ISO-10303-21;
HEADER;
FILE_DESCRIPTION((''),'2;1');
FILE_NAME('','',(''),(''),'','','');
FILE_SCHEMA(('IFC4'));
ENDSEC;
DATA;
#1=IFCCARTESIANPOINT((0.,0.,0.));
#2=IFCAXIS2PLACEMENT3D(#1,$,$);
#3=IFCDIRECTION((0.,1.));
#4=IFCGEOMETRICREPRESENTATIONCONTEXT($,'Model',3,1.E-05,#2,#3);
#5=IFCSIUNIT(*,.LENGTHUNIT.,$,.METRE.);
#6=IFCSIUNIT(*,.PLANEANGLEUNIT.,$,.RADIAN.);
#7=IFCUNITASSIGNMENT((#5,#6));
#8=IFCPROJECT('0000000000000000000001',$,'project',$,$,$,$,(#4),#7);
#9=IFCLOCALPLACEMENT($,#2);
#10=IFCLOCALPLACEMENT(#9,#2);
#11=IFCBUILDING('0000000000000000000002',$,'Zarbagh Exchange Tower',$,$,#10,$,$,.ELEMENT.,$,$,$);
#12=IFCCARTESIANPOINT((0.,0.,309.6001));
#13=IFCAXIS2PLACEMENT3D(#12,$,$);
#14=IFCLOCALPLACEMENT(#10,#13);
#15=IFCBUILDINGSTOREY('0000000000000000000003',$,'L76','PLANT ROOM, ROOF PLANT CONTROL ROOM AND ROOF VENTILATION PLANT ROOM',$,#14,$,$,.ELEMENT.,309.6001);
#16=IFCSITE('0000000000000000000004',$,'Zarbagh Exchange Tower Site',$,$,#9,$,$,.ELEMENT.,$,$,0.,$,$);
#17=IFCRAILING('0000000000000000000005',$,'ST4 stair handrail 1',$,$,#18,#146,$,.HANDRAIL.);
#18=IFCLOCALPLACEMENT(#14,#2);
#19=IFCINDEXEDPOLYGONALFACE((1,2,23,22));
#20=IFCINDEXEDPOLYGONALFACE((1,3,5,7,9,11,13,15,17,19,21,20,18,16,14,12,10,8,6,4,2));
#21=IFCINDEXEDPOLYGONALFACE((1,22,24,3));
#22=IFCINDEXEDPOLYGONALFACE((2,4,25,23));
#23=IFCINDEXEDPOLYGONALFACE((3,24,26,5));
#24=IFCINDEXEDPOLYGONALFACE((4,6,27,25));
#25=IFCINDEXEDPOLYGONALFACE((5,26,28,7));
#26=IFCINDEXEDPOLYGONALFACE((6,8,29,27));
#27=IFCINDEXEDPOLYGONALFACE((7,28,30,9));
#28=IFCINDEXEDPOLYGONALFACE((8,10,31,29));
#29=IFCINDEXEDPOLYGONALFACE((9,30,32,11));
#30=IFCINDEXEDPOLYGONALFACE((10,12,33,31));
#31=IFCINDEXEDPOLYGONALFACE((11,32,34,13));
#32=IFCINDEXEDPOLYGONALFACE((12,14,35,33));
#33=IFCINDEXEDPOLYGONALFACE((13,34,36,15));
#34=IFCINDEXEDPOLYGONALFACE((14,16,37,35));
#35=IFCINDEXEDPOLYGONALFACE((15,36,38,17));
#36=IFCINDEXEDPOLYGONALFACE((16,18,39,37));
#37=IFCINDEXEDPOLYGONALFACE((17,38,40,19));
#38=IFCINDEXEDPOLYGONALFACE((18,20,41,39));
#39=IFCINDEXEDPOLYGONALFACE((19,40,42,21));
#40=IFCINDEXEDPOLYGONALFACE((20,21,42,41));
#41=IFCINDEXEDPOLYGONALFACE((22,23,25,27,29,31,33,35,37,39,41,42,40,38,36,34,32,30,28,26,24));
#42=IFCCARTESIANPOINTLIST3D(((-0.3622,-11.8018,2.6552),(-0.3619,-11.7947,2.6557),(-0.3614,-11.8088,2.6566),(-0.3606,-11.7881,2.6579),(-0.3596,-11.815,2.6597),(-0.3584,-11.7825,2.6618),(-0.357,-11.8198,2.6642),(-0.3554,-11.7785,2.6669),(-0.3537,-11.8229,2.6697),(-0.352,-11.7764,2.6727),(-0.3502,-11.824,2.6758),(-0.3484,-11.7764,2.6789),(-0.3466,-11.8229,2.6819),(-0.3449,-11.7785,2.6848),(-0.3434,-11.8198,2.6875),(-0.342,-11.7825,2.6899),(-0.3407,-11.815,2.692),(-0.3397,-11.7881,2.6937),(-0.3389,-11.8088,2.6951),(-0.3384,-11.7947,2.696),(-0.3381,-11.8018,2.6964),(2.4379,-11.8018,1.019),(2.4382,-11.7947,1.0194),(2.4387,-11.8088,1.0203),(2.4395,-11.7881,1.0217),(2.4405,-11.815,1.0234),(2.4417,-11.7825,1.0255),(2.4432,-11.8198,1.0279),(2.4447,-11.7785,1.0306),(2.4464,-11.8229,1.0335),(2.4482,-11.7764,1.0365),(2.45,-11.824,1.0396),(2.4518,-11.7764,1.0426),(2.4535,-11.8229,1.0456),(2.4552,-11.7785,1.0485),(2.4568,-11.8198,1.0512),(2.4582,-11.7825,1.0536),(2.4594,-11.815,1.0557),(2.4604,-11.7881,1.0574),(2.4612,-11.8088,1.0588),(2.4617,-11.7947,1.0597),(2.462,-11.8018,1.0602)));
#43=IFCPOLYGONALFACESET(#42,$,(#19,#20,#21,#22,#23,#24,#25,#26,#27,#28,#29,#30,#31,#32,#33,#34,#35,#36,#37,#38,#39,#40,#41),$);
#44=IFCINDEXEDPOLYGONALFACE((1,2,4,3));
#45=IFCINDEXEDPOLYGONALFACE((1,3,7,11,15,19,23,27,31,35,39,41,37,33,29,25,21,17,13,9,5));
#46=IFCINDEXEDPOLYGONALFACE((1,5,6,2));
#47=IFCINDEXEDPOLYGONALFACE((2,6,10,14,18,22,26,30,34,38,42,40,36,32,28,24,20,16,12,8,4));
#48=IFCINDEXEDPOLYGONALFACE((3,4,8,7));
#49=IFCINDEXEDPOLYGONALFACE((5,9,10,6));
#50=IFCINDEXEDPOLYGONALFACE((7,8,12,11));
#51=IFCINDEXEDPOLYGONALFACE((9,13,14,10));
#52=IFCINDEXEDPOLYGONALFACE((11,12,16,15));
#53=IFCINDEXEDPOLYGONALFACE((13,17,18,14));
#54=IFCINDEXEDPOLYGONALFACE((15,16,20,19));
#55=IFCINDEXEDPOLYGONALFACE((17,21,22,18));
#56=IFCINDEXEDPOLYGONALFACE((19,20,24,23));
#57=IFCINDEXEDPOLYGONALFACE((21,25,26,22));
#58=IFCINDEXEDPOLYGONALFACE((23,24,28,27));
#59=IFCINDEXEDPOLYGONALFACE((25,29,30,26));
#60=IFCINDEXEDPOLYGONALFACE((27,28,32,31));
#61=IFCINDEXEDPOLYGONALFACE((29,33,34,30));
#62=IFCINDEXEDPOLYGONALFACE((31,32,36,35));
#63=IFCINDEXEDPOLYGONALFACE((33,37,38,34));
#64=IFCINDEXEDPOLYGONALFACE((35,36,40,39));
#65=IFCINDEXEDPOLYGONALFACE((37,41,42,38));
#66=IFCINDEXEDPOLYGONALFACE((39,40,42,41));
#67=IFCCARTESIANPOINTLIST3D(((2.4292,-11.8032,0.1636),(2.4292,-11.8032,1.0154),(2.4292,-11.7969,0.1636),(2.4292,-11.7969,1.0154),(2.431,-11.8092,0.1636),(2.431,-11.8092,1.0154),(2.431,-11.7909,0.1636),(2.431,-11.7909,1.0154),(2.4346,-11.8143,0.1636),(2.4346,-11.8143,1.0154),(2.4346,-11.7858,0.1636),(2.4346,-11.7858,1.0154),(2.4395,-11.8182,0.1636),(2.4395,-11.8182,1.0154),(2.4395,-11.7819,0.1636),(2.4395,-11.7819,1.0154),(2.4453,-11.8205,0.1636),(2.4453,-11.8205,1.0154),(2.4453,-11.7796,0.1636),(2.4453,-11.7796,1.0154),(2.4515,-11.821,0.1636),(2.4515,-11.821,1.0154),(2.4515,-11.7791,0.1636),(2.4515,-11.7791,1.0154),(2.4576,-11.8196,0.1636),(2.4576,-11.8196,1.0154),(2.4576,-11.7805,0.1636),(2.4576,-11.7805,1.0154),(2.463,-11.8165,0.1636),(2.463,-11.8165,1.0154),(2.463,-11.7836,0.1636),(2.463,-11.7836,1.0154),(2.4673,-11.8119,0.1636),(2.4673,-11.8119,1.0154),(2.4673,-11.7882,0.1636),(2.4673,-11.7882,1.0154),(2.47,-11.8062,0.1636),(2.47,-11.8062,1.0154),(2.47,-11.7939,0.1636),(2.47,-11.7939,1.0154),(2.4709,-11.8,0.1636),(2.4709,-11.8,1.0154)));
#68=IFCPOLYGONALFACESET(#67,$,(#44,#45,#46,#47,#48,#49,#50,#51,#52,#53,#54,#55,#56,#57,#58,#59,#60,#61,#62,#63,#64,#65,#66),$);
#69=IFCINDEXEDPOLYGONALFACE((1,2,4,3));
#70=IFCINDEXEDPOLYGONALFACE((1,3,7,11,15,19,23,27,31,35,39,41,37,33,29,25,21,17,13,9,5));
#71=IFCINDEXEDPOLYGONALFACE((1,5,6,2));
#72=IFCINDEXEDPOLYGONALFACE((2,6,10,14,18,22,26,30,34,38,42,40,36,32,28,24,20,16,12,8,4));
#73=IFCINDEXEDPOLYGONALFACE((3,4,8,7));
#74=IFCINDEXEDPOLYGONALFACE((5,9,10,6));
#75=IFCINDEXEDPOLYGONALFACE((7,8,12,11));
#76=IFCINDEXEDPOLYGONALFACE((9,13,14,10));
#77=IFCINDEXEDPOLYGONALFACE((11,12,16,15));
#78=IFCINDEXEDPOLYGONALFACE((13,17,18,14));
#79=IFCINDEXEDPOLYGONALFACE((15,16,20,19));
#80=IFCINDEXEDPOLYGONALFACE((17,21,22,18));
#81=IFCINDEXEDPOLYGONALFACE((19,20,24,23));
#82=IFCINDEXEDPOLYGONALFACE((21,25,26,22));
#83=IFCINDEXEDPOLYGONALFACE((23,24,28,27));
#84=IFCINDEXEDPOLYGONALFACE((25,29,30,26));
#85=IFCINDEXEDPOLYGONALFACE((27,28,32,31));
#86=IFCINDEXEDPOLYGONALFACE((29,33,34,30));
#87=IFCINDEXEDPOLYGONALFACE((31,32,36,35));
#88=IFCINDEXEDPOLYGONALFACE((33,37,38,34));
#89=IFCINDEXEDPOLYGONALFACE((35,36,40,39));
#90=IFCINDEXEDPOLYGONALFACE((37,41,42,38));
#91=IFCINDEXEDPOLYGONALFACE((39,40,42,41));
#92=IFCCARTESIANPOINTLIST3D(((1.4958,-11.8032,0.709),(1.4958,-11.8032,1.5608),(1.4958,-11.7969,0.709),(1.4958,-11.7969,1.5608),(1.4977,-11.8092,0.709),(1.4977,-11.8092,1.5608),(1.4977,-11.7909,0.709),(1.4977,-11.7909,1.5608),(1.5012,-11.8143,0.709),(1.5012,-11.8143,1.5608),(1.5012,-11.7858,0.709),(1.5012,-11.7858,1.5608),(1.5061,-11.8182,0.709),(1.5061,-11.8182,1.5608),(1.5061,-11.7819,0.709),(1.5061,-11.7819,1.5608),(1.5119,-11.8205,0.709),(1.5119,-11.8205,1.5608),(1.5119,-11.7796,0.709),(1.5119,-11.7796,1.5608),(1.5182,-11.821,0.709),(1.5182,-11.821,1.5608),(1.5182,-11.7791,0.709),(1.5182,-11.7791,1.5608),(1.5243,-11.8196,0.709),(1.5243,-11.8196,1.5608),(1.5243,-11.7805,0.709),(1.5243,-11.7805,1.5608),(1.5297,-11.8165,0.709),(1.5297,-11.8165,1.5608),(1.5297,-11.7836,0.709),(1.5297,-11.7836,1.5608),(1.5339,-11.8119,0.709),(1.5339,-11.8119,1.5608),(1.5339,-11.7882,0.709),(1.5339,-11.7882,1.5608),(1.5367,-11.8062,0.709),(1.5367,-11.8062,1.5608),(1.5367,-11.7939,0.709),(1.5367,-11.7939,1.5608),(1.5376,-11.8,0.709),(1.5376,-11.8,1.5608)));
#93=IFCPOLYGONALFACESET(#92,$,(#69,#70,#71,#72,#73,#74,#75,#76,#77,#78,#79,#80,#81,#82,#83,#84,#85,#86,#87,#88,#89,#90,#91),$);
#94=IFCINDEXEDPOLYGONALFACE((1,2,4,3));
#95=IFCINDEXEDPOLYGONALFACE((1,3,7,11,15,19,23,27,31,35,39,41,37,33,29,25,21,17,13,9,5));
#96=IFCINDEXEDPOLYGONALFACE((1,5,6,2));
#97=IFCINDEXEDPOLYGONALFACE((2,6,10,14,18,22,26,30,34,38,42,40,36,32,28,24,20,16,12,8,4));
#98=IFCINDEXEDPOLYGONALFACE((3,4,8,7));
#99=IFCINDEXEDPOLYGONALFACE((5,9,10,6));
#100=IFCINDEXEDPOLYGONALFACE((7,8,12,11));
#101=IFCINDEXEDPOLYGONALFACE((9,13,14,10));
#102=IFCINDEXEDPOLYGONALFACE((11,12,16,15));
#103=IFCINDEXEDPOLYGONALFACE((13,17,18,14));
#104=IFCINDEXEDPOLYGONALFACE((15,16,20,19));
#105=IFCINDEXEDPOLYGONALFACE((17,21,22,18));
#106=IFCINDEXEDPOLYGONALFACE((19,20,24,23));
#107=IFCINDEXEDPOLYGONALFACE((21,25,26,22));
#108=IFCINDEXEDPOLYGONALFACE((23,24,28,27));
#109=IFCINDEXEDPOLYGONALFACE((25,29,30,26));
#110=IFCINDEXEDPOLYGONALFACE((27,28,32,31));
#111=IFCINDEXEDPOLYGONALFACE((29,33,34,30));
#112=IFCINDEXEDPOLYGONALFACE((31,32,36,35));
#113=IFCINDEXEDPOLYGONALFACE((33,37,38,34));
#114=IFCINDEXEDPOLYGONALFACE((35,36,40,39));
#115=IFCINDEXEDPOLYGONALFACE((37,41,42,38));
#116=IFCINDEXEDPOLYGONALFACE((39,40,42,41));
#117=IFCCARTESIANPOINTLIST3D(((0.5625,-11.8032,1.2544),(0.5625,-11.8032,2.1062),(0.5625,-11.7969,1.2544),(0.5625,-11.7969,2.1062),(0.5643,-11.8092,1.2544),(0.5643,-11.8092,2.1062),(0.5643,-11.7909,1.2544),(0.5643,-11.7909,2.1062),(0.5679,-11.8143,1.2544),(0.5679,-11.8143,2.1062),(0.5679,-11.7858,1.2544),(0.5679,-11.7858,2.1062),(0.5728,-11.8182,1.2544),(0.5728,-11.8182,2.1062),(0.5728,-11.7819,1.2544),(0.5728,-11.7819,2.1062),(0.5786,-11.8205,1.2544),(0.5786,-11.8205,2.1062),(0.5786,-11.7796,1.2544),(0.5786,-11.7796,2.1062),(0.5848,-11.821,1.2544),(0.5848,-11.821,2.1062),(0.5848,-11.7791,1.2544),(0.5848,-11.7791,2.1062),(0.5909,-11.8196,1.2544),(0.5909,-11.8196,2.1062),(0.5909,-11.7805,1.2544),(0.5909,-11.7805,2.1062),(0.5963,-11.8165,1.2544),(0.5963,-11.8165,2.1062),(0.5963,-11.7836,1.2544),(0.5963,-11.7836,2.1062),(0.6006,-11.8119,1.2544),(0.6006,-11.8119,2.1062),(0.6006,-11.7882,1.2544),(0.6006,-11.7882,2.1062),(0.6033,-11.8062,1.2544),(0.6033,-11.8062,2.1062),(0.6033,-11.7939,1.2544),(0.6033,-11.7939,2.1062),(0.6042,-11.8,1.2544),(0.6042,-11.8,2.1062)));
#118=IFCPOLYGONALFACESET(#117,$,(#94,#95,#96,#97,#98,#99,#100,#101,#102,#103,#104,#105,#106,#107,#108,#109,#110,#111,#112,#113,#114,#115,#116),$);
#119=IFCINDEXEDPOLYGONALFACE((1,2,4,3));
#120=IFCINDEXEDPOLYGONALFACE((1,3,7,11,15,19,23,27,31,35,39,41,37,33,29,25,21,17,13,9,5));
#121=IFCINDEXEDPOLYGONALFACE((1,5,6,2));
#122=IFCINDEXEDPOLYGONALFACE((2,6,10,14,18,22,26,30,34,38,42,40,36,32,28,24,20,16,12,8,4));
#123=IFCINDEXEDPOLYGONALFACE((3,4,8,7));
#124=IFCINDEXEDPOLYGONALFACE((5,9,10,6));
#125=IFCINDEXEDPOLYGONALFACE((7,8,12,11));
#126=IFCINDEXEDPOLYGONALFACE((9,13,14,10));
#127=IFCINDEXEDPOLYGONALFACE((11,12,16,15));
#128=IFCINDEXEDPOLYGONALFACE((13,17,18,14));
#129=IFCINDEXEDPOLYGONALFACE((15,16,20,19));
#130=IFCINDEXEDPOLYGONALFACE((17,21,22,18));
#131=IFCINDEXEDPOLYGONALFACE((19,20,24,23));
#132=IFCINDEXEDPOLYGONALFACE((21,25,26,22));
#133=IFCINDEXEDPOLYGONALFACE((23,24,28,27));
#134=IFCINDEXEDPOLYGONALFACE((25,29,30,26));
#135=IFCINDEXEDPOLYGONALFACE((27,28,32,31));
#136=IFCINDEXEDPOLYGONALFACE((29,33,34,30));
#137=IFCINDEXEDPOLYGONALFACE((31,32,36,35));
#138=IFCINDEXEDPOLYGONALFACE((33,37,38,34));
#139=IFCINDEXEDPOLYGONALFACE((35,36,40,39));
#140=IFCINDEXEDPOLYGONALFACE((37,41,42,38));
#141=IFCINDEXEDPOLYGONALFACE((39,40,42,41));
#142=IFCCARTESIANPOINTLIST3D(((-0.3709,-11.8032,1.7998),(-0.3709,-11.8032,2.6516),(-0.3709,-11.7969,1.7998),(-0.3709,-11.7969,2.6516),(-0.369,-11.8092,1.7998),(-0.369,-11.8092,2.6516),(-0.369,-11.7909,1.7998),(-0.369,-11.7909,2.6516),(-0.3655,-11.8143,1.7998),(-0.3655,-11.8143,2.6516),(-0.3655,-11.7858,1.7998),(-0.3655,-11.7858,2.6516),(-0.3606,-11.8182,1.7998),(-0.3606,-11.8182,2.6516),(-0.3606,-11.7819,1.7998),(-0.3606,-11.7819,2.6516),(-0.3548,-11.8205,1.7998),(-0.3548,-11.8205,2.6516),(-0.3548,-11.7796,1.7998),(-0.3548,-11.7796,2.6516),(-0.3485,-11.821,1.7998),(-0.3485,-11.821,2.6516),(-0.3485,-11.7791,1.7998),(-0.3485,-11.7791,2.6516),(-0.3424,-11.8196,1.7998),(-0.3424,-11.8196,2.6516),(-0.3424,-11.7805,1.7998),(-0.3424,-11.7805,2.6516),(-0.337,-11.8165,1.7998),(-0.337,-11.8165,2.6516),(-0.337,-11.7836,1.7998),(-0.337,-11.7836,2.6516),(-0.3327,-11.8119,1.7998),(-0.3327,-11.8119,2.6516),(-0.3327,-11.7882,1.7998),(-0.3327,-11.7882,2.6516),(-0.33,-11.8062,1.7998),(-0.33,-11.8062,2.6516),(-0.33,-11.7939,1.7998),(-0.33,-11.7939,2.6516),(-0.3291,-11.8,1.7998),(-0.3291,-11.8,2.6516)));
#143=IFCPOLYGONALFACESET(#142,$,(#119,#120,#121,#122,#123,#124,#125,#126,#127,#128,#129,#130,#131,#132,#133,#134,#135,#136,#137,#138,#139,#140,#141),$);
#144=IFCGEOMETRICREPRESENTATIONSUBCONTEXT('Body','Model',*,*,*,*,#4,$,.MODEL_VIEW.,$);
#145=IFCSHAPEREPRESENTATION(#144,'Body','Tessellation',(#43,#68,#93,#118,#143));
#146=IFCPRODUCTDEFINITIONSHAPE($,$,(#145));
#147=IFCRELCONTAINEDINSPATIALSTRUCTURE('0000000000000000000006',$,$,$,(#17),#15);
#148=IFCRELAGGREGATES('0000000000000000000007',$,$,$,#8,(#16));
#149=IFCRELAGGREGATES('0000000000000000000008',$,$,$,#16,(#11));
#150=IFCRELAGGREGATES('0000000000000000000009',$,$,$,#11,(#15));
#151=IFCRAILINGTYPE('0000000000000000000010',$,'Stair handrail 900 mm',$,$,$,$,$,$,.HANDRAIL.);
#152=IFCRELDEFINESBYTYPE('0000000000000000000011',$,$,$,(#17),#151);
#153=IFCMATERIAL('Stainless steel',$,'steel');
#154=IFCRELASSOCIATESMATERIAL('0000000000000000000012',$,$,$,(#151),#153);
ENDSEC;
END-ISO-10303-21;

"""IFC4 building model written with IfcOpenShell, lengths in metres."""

from ifc_helpers import new_model, si_unit, direction, frame, origin, origin_2d, place, context, subcontext, project, spatial, circle, extrude, material, type_object, element, save


model = new_model("IFC4")

# Units and contexts
model_context = context("Model", 3, precision=1e-05, world=origin(), true_north=direction((0.0, 1.0)))
body_context = subcontext(model_context, "Body", "Model", "MODEL_VIEW")
ifc_project = project(units=[si_unit("LENGTHUNIT", "METRE"), si_unit("PLANEANGLEUNIT", "RADIAN")], contexts=[model_context])

# Site, building, storey
site_placement = place(None, origin())
site = spatial("IfcSite", under=ifc_project, at=site_placement, Name="Zarbagh Exchange Tower Site", CompositionType="ELEMENT", RefElevation=0.0)
building_placement = place(site_placement, origin())
building = spatial("IfcBuilding", under=site, at=building_placement, Name="Zarbagh Exchange Tower", CompositionType="ELEMENT")
storey_placement = place(building_placement, frame((0.0, 0.0, 309.6001)))
storey = spatial("IfcBuildingStorey", under=building, at=storey_placement, Name="L76", Description="PLANT ROOM, ROOF PLANT CONTROL ROOM AND ROOF VENTILATION PLANT ROOM", CompositionType="ELEMENT", Elevation=309.6001)

# Railing
ifc_material_1 = material(Name="Stainless steel", Category="steel")
railing_type_1 = type_object("IfcRailingType", Name="Stair handrail 900 mm", PredefinedType="HANDRAIL", material=ifc_material_1)
railing_1_placement = place(storey_placement, frame((2.45, -11.8, 0.1636)))
element("IfcRailing", 1, at=railing_1_placement, inside=storey, type_object=railing_type_1, Name="ST4 stair handrail 1", PredefinedType="HANDRAIL", context=body_context, shape_type="SweptSolid", body=[
    extrude(circle(Radius=0.0239, at=origin_2d()), frame((0.0, 0.0, 0.876), z_axis=(-0.863394, 0.0, 0.504531), x_axis=(0.0, -1.0, 0.0)), (0.0, 0.0, 1.0), 3.2432),
    extrude(circle(Radius=0.021, at=origin_2d()), origin(), (0.0, 0.0, 1.0), 0.8518),
    extrude(circle(Radius=0.021, at=origin_2d()), frame((-0.9333, 0.0, 0.5454)), (0.0, 0.0, 1.0), 0.8518),
    extrude(circle(Radius=0.021, at=origin_2d()), frame((-1.8667, 0.0, 1.0908)), (0.0, 0.0, 1.0), 0.8518),
    extrude(circle(Radius=0.021, at=origin_2d()), frame((-2.8, 0.0, 1.6362)), (0.0, 0.0, 1.0), 0.8518),
])

save(model, "model.ifc")
